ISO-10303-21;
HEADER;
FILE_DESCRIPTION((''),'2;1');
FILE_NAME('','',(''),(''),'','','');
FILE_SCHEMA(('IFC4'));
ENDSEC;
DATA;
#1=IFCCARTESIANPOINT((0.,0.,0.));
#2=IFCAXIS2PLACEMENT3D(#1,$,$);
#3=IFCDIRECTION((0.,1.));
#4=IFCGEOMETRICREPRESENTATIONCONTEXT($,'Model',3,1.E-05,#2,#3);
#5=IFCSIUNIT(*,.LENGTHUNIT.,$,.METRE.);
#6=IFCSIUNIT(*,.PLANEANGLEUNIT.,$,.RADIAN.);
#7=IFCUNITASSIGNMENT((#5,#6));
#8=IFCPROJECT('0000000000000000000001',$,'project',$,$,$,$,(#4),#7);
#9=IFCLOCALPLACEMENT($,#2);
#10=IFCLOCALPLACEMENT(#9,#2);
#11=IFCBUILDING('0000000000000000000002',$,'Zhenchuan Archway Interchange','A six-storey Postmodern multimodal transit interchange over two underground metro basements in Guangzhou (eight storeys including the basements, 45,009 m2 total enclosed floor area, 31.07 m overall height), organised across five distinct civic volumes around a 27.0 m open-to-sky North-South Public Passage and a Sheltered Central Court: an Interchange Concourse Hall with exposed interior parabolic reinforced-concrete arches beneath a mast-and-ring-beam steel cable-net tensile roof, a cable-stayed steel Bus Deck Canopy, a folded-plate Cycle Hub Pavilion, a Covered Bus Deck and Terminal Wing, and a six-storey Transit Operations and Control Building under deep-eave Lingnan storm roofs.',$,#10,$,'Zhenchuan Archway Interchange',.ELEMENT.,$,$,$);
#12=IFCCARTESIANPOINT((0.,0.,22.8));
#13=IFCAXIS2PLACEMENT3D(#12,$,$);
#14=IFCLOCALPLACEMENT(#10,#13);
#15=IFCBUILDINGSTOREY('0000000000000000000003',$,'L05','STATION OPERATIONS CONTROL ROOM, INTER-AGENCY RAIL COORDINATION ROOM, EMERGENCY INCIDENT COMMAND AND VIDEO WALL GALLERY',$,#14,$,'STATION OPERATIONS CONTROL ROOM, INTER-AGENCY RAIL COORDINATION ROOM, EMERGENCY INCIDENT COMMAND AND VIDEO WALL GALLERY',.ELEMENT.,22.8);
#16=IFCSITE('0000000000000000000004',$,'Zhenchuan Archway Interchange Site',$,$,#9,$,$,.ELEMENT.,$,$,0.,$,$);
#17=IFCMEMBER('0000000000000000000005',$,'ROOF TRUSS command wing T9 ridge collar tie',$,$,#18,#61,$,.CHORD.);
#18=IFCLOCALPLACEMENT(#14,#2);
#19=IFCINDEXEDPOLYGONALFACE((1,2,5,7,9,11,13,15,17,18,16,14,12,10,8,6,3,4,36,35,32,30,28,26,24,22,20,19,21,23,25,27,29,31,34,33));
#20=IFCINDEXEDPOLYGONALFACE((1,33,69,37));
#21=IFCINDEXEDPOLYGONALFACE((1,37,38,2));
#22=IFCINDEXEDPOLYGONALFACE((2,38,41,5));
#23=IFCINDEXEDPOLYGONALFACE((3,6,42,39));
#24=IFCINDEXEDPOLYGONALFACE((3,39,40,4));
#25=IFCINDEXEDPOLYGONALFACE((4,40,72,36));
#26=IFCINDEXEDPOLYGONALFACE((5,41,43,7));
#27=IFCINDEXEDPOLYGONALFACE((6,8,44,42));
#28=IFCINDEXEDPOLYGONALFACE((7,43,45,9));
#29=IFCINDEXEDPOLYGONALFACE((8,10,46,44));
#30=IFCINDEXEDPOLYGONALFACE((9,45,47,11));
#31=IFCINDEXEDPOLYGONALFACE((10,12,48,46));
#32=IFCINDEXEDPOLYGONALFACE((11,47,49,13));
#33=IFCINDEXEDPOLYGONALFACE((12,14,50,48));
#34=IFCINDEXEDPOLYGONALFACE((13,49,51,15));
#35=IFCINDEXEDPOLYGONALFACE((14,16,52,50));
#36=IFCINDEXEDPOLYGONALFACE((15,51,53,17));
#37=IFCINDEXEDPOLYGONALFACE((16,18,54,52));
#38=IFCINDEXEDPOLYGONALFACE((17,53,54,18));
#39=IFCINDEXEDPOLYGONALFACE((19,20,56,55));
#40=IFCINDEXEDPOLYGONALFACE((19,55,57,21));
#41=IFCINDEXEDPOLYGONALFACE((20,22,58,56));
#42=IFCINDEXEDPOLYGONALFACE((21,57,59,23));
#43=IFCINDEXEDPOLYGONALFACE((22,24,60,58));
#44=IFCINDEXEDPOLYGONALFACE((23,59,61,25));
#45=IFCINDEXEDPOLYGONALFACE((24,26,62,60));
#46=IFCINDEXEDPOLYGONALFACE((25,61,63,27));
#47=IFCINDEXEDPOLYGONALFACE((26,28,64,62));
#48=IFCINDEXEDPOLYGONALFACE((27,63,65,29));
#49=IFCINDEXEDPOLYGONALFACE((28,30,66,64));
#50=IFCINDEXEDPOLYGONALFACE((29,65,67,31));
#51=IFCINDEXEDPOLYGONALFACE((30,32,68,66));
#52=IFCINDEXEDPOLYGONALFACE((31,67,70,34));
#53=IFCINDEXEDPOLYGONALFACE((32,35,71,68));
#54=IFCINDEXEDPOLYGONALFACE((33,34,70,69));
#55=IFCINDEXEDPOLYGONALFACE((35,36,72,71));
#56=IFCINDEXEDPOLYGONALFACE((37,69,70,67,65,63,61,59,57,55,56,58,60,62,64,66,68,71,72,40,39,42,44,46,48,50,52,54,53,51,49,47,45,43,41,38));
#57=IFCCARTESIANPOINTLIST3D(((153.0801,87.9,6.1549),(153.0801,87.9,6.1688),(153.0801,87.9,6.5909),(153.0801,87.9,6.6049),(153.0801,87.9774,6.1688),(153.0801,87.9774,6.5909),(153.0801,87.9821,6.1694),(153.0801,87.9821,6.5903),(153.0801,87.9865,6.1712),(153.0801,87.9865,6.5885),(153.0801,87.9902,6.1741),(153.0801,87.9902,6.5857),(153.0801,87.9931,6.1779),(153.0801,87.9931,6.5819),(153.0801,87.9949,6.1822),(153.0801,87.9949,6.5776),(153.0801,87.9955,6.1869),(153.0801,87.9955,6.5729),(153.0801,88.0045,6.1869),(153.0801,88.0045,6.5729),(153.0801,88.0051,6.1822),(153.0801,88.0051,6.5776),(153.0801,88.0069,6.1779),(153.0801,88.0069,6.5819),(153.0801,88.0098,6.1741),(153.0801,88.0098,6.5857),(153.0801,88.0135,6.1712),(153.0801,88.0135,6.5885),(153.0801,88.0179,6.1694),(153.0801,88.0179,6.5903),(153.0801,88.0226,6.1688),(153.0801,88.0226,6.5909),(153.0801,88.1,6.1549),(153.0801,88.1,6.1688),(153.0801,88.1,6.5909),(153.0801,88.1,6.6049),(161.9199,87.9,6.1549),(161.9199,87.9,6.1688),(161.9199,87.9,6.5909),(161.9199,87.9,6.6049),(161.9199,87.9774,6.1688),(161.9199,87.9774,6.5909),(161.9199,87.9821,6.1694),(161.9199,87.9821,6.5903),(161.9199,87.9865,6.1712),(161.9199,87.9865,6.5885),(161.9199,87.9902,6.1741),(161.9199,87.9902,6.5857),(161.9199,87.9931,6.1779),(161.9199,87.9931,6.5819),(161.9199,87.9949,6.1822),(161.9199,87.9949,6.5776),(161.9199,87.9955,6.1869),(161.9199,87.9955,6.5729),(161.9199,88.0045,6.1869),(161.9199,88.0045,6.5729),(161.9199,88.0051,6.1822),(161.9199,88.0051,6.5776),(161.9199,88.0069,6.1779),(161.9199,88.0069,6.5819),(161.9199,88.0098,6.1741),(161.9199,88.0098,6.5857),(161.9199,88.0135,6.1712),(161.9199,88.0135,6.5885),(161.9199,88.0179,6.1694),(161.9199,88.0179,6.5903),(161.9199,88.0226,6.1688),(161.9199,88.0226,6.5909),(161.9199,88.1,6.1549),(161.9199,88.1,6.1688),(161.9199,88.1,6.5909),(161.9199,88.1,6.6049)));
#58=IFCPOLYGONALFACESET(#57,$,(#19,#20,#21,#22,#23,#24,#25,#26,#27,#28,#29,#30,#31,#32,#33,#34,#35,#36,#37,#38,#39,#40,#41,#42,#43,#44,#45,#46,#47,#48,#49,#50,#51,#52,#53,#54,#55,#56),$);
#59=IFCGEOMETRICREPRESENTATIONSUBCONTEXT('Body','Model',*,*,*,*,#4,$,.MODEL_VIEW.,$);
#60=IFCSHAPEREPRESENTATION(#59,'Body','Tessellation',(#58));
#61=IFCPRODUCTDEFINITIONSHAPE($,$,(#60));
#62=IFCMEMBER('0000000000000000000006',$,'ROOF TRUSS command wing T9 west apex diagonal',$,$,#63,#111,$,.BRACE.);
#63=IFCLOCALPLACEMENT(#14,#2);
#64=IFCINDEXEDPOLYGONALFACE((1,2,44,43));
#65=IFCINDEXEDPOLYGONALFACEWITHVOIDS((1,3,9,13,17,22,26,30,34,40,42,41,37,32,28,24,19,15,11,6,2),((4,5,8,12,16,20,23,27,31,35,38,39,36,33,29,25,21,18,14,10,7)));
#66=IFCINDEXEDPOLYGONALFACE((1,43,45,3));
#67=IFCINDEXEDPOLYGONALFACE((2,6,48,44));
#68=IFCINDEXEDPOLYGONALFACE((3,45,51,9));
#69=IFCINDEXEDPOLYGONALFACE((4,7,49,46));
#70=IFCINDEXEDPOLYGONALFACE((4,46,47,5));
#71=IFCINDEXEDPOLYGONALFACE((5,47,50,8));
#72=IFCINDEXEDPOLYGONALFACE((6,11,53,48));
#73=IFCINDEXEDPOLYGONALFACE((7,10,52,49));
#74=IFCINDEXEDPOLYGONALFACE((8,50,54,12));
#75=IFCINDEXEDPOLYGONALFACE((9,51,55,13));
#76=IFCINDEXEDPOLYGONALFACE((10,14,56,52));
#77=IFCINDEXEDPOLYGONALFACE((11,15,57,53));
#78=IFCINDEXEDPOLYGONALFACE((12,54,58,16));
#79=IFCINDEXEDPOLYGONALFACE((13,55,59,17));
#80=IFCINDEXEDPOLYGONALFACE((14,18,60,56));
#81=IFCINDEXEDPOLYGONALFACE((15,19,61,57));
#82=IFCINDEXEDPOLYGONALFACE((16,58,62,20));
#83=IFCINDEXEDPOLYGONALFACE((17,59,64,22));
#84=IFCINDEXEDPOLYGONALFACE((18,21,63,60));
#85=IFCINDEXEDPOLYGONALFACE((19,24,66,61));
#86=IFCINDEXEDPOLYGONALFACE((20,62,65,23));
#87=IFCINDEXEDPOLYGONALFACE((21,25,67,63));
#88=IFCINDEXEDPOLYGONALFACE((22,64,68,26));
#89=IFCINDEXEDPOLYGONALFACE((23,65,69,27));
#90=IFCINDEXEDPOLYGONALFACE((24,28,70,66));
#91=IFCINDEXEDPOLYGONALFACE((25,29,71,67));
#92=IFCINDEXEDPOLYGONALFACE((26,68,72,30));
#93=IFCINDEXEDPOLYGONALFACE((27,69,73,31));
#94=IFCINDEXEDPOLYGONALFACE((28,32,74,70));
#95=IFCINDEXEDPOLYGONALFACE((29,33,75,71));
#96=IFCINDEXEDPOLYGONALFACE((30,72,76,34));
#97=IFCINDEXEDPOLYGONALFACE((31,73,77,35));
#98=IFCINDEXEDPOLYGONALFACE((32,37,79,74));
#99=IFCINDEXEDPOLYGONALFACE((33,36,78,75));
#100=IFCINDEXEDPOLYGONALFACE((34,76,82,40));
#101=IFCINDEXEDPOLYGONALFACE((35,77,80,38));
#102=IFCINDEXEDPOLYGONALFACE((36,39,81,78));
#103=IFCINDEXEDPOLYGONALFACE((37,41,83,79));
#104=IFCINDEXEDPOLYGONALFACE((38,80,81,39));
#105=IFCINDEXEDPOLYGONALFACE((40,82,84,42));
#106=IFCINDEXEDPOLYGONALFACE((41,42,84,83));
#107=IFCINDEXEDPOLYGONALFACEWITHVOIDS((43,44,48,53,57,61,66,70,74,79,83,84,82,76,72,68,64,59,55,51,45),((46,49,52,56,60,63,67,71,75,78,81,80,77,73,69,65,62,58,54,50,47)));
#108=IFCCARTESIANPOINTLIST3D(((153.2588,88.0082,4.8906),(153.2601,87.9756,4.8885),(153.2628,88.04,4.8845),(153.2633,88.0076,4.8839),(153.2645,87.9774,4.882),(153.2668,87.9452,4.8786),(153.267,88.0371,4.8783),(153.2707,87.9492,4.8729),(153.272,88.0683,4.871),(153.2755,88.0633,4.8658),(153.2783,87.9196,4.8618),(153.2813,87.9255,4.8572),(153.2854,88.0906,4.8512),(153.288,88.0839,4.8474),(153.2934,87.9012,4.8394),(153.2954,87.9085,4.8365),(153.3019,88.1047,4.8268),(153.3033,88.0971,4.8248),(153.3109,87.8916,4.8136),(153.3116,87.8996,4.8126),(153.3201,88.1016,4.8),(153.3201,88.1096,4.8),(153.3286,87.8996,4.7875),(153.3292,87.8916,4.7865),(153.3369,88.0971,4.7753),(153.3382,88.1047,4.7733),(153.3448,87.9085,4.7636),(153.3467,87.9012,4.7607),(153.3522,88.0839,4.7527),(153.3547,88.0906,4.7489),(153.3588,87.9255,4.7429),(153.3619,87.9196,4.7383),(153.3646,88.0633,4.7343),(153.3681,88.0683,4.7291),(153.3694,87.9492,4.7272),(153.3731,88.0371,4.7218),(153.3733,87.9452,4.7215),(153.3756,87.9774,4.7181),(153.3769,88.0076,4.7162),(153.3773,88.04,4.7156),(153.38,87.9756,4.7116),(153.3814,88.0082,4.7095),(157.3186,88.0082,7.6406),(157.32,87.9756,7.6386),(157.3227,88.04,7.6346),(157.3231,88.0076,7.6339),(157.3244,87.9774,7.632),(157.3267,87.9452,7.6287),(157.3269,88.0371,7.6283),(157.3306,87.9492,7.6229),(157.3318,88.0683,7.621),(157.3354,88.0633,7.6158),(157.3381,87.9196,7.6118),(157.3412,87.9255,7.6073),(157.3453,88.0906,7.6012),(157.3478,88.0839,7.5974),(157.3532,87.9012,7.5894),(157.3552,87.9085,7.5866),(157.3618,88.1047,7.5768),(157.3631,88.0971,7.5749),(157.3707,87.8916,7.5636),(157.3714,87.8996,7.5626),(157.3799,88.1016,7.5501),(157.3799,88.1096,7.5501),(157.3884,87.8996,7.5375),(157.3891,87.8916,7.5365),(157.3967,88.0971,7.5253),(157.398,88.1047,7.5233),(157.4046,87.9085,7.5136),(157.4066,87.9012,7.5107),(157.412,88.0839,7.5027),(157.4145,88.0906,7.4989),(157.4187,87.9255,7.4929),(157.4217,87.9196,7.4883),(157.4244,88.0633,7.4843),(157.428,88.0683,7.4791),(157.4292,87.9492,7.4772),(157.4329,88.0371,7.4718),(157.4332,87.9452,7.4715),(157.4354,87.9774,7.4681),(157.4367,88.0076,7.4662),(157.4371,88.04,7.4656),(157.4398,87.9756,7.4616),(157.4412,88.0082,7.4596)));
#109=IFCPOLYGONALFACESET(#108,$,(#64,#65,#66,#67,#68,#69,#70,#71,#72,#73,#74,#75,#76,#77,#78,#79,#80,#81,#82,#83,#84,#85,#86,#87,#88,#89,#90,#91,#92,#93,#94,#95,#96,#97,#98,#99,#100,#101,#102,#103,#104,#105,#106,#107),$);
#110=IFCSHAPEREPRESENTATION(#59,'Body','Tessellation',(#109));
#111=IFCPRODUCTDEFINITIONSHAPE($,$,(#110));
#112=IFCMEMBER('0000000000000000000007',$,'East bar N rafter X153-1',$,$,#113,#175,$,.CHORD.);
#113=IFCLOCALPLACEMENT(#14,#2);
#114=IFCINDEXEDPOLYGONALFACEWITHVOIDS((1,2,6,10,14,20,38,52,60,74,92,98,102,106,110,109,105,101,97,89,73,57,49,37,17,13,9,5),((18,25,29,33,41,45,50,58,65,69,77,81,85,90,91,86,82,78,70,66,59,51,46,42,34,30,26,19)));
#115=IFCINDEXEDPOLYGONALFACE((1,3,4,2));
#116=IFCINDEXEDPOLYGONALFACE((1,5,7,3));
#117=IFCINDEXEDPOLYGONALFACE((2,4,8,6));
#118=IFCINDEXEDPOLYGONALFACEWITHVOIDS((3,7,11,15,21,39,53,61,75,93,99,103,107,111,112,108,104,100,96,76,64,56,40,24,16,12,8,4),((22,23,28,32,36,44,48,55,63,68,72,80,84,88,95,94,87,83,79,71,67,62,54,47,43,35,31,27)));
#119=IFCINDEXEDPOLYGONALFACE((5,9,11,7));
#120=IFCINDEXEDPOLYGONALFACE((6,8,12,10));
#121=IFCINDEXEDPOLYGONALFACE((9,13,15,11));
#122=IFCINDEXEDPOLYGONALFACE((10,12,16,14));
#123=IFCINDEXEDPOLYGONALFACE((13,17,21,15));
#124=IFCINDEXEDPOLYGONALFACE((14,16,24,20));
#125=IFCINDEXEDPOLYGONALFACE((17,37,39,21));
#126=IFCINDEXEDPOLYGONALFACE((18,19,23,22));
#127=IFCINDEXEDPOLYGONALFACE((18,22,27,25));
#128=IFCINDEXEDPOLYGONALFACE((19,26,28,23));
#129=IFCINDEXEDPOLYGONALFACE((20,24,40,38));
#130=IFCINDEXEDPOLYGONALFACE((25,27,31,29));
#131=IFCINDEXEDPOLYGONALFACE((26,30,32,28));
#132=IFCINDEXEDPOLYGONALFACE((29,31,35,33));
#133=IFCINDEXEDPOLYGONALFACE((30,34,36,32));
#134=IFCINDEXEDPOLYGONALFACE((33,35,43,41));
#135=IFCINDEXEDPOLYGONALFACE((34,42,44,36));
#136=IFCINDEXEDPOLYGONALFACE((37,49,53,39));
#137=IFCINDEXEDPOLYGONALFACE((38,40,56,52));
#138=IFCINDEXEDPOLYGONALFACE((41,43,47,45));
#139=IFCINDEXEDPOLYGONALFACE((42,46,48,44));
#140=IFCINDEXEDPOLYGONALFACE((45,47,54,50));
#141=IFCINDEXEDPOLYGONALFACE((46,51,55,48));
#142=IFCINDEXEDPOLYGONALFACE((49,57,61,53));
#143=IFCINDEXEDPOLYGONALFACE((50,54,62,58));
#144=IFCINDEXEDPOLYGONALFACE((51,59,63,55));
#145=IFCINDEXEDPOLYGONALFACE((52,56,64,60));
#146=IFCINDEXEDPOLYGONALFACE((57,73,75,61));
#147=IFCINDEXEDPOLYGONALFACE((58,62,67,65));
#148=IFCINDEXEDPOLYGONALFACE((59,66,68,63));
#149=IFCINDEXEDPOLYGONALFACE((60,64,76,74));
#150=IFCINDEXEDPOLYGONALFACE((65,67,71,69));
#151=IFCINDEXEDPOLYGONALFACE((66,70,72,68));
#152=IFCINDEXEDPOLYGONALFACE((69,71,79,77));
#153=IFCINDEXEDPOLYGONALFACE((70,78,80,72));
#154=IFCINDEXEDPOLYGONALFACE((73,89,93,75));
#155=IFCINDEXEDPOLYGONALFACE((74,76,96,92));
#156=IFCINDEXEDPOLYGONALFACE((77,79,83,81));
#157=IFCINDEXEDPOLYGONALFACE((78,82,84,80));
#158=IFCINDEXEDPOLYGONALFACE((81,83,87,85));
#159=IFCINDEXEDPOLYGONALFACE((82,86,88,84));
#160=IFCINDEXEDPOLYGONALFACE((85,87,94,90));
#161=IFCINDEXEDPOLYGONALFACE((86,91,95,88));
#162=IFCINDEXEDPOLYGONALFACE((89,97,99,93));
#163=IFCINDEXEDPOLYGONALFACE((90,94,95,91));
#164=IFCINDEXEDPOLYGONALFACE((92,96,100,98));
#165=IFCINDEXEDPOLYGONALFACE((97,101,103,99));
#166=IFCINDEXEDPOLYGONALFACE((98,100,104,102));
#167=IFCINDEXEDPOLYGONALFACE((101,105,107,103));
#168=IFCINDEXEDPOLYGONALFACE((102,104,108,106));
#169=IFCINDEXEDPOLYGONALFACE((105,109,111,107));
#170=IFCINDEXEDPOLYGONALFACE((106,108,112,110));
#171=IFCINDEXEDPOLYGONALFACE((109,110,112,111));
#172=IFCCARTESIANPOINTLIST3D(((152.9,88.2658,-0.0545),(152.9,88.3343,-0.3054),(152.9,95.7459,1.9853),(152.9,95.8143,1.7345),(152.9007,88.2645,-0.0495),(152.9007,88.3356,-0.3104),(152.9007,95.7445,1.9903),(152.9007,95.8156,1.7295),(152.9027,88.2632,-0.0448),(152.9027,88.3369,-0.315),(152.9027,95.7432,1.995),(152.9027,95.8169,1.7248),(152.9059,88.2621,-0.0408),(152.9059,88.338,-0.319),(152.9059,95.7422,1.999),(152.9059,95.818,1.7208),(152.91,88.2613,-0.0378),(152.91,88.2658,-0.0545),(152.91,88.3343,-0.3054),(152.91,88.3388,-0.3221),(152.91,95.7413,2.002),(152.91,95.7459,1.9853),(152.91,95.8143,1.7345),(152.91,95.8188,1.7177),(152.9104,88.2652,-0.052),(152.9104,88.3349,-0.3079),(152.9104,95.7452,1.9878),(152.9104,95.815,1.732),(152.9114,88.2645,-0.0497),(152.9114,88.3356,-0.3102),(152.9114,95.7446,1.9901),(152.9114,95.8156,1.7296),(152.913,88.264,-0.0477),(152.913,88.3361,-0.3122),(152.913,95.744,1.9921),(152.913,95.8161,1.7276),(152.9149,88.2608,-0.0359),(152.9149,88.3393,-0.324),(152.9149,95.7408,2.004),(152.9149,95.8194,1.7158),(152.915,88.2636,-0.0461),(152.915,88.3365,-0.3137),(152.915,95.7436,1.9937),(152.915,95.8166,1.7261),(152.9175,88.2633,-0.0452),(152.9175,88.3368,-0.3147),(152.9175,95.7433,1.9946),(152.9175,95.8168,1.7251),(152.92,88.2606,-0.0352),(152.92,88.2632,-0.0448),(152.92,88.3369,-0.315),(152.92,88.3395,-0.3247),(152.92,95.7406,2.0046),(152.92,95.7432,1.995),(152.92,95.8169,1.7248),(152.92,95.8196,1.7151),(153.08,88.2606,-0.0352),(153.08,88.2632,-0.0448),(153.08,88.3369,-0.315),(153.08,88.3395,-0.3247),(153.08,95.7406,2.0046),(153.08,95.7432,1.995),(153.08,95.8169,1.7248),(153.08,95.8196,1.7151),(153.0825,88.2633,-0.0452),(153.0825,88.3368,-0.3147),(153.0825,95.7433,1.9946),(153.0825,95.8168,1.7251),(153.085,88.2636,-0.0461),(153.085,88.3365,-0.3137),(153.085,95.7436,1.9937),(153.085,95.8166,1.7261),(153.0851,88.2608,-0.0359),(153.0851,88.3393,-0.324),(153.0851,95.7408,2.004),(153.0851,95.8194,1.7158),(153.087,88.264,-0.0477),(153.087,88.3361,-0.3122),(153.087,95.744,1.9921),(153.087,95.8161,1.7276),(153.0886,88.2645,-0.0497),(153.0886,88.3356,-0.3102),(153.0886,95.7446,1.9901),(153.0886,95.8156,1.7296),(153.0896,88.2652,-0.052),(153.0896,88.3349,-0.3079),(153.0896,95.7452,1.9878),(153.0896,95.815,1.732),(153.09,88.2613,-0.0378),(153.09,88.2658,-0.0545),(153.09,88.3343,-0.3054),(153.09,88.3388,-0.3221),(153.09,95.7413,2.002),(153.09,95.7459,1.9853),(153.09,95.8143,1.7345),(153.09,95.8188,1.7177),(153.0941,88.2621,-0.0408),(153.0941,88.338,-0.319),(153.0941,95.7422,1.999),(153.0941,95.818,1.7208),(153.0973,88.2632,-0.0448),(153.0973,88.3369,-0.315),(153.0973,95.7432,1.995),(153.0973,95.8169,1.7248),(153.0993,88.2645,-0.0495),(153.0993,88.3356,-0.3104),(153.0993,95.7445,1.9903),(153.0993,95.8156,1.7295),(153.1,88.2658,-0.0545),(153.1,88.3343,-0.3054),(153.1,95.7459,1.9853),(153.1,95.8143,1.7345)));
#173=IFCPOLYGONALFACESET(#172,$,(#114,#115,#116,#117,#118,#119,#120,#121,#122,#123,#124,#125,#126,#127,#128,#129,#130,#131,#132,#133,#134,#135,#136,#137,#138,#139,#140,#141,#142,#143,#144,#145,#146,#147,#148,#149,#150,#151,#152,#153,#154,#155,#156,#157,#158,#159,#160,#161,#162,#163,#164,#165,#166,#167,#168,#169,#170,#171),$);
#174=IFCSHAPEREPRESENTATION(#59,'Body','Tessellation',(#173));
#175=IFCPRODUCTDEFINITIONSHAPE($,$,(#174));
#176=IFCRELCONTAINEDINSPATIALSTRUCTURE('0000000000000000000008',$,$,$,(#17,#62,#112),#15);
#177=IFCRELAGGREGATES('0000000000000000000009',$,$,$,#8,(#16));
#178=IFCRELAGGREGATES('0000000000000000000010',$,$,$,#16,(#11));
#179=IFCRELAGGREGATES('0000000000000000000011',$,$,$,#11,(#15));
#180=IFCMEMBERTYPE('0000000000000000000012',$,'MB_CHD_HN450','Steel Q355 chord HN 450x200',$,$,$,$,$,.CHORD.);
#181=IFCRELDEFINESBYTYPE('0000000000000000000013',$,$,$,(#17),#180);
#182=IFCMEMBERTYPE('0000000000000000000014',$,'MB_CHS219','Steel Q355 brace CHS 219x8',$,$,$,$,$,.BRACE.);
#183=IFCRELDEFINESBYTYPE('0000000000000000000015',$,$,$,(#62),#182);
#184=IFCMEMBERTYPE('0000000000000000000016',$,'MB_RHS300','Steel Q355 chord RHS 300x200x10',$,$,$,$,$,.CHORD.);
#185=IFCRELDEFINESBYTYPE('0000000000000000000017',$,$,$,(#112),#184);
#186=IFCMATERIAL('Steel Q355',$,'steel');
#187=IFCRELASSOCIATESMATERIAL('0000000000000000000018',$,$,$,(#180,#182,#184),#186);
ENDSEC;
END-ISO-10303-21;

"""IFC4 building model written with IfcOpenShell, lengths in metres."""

from ifc_helpers import new_model, si_unit, direction, frame, origin, origin_2d, place, context, subcontext, project, spatial, hollow_rectangle, hollow_circle, i_section, extrude, material, material_profile, profile_set, type_object, element, save


model = new_model("IFC4")

# Units and contexts
model_context = context("Model", 3, precision=1e-05, world=origin(), true_north=direction((0.0, 1.0)))
body_context = subcontext(model_context, "Body", "Model", "MODEL_VIEW")
ifc_project = project(units=[si_unit("LENGTHUNIT", "METRE"), si_unit("PLANEANGLEUNIT", "RADIAN")], contexts=[model_context])

# Site, building, storey
site_placement = place(None, origin())
site = spatial("IfcSite", under=ifc_project, at=site_placement, Name="Zhenchuan Archway Interchange Site", CompositionType="ELEMENT", RefElevation=0.0)
building_placement = place(site_placement, origin())
building = spatial("IfcBuilding", under=site, at=building_placement, Name="Zhenchuan Archway Interchange", Description="A six-storey Postmodern multimodal transit interchange over two underground metro basements in Guangzhou (eight storeys including the basements, 45,009 m2 total enclosed floor area, 31.07 m overall height), organised across five distinct civic volumes around a 27.0 m open-to-sky North-South Public Passage and a Sheltered Central Court: an Interchange Concourse Hall with exposed interior parabolic reinforced-concrete arches beneath a mast-and-ring-beam steel cable-net tensile roof, a cable-stayed steel Bus Deck Canopy, a folded-plate Cycle Hub Pavilion, a Covered Bus Deck and Terminal Wing, and a six-storey Transit Operations and Control Building under deep-eave Lingnan storm roofs.", LongName="Zhenchuan Archway Interchange", CompositionType="ELEMENT")
storey_placement = place(building_placement, frame((0.0, 0.0, 22.8)))
storey = spatial("IfcBuildingStorey", under=building, at=storey_placement, Name="L05", Description="STATION OPERATIONS CONTROL ROOM, INTER-AGENCY RAIL COORDINATION ROOM, EMERGENCY INCIDENT COMMAND AND VIDEO WALL GALLERY", LongName="STATION OPERATIONS CONTROL ROOM, INTER-AGENCY RAIL COORDINATION ROOM, EMERGENCY INCIDENT COMMAND AND VIDEO WALL GALLERY", CompositionType="ELEMENT", Elevation=22.8)

# Shared definitions
ifc_material_1 = material(Name="Steel Q355", Category="steel")

# Members
ifc_material_profile_1 = material_profile(ifc_material_1, i_section(OverallWidth=0.2, OverallDepth=0.45, WebThickness=0.009, FlangeThickness=0.0139, FilletRadius=0.0181, at=origin_2d()), Name="HN 450x200")
ifc_profile_set_1 = profile_set([ifc_material_profile_1], Name="Steel Q355")
member_type_1 = type_object("IfcMemberType", Name="MB_CHD_HN450", Description="Steel Q355 chord HN 450x200", PredefinedType="CHORD", material=ifc_profile_set_1)
member_1_placement = place(storey_placement, frame((153.0801, 88.0, 6.3799), z_axis=(1.0, 0.0, 0.0), x_axis=(0.0, 1.0, 0.0)))
element("IfcMember", 1, at=member_1_placement, inside=storey, type_object=member_type_1, Name="ROOF TRUSS command wing T9 ridge collar tie", PredefinedType="CHORD", context=body_context, shape_type="SweptSolid", body=[
    extrude(i_section(OverallWidth=0.2, OverallDepth=0.45, WebThickness=0.009, FlangeThickness=0.0139, FilletRadius=0.0181, at=origin_2d()), origin(), (0.0, 0.0, 1.0), 8.8398),
])
ifc_material_profile_2 = material_profile(ifc_material_1, hollow_circle(Radius=0.1096, WallThickness=0.0081, at=origin_2d()), Name="CHS 219x8")
ifc_profile_set_2 = profile_set([ifc_material_profile_2], Name="Steel Q355")
member_type_2 = type_object("IfcMemberType", Name="MB_CHS219", Description="Steel Q355 brace CHS 219x8", PredefinedType="BRACE", material=ifc_profile_set_2)
member_2_placement = place(storey_placement, frame((153.3201, 88.0, 4.8), z_axis=(0.827937, 0.0, 0.560821), x_axis=(0.0, 1.0, 0.0)))
element("IfcMember", 2, at=member_2_placement, inside=storey, type_object=member_type_2, Name="ROOF TRUSS command wing T9 west apex diagonal", PredefinedType="BRACE", context=body_context, shape_type="SweptSolid", body=[
    extrude(hollow_circle(Radius=0.1096, WallThickness=0.0081, at=origin_2d()), origin(), (0.0, 0.0, 1.0), 4.9036),
])
ifc_material_profile_3 = material_profile(ifc_material_1, hollow_rectangle(XDim=0.2, YDim=0.3, WallThickness=0.01, InnerFilletRadius=0.01, OuterFilletRadius=0.02, at=origin_2d()), Name="RHS 300x200x10")
ifc_profile_set_3 = profile_set([ifc_material_profile_3], Name="Steel Q355")
member_type_3 = type_object("IfcMemberType", Name="MB_RHS300", Description="Steel Q355 chord RHS 300x200x10", PredefinedType="CHORD", material=ifc_profile_set_3)
for number, where, z_axis, x_axis, name in (
    (3, (153.0, 88.3, -0.1799), (0.0, 0.96477, 0.263093), (-1.0, 0.0, 0.0), "East bar N rafter X153-1"),
):
    element("IfcMember", number, at=place(storey_placement, frame(where, z_axis=z_axis, x_axis=x_axis)), inside=storey, type_object=member_type_3, Name=name, PredefinedType="CHORD", context=body_context, shape_type="SweptSolid", body=[
        extrude(hollow_rectangle(XDim=0.2, YDim=0.3, WallThickness=0.01, InnerFilletRadius=0.01, OuterFilletRadius=0.02, at=origin_2d()), origin(), (0.0, 0.0, 1.0), 7.7532),
    ])

save(model, "model.ifc")
